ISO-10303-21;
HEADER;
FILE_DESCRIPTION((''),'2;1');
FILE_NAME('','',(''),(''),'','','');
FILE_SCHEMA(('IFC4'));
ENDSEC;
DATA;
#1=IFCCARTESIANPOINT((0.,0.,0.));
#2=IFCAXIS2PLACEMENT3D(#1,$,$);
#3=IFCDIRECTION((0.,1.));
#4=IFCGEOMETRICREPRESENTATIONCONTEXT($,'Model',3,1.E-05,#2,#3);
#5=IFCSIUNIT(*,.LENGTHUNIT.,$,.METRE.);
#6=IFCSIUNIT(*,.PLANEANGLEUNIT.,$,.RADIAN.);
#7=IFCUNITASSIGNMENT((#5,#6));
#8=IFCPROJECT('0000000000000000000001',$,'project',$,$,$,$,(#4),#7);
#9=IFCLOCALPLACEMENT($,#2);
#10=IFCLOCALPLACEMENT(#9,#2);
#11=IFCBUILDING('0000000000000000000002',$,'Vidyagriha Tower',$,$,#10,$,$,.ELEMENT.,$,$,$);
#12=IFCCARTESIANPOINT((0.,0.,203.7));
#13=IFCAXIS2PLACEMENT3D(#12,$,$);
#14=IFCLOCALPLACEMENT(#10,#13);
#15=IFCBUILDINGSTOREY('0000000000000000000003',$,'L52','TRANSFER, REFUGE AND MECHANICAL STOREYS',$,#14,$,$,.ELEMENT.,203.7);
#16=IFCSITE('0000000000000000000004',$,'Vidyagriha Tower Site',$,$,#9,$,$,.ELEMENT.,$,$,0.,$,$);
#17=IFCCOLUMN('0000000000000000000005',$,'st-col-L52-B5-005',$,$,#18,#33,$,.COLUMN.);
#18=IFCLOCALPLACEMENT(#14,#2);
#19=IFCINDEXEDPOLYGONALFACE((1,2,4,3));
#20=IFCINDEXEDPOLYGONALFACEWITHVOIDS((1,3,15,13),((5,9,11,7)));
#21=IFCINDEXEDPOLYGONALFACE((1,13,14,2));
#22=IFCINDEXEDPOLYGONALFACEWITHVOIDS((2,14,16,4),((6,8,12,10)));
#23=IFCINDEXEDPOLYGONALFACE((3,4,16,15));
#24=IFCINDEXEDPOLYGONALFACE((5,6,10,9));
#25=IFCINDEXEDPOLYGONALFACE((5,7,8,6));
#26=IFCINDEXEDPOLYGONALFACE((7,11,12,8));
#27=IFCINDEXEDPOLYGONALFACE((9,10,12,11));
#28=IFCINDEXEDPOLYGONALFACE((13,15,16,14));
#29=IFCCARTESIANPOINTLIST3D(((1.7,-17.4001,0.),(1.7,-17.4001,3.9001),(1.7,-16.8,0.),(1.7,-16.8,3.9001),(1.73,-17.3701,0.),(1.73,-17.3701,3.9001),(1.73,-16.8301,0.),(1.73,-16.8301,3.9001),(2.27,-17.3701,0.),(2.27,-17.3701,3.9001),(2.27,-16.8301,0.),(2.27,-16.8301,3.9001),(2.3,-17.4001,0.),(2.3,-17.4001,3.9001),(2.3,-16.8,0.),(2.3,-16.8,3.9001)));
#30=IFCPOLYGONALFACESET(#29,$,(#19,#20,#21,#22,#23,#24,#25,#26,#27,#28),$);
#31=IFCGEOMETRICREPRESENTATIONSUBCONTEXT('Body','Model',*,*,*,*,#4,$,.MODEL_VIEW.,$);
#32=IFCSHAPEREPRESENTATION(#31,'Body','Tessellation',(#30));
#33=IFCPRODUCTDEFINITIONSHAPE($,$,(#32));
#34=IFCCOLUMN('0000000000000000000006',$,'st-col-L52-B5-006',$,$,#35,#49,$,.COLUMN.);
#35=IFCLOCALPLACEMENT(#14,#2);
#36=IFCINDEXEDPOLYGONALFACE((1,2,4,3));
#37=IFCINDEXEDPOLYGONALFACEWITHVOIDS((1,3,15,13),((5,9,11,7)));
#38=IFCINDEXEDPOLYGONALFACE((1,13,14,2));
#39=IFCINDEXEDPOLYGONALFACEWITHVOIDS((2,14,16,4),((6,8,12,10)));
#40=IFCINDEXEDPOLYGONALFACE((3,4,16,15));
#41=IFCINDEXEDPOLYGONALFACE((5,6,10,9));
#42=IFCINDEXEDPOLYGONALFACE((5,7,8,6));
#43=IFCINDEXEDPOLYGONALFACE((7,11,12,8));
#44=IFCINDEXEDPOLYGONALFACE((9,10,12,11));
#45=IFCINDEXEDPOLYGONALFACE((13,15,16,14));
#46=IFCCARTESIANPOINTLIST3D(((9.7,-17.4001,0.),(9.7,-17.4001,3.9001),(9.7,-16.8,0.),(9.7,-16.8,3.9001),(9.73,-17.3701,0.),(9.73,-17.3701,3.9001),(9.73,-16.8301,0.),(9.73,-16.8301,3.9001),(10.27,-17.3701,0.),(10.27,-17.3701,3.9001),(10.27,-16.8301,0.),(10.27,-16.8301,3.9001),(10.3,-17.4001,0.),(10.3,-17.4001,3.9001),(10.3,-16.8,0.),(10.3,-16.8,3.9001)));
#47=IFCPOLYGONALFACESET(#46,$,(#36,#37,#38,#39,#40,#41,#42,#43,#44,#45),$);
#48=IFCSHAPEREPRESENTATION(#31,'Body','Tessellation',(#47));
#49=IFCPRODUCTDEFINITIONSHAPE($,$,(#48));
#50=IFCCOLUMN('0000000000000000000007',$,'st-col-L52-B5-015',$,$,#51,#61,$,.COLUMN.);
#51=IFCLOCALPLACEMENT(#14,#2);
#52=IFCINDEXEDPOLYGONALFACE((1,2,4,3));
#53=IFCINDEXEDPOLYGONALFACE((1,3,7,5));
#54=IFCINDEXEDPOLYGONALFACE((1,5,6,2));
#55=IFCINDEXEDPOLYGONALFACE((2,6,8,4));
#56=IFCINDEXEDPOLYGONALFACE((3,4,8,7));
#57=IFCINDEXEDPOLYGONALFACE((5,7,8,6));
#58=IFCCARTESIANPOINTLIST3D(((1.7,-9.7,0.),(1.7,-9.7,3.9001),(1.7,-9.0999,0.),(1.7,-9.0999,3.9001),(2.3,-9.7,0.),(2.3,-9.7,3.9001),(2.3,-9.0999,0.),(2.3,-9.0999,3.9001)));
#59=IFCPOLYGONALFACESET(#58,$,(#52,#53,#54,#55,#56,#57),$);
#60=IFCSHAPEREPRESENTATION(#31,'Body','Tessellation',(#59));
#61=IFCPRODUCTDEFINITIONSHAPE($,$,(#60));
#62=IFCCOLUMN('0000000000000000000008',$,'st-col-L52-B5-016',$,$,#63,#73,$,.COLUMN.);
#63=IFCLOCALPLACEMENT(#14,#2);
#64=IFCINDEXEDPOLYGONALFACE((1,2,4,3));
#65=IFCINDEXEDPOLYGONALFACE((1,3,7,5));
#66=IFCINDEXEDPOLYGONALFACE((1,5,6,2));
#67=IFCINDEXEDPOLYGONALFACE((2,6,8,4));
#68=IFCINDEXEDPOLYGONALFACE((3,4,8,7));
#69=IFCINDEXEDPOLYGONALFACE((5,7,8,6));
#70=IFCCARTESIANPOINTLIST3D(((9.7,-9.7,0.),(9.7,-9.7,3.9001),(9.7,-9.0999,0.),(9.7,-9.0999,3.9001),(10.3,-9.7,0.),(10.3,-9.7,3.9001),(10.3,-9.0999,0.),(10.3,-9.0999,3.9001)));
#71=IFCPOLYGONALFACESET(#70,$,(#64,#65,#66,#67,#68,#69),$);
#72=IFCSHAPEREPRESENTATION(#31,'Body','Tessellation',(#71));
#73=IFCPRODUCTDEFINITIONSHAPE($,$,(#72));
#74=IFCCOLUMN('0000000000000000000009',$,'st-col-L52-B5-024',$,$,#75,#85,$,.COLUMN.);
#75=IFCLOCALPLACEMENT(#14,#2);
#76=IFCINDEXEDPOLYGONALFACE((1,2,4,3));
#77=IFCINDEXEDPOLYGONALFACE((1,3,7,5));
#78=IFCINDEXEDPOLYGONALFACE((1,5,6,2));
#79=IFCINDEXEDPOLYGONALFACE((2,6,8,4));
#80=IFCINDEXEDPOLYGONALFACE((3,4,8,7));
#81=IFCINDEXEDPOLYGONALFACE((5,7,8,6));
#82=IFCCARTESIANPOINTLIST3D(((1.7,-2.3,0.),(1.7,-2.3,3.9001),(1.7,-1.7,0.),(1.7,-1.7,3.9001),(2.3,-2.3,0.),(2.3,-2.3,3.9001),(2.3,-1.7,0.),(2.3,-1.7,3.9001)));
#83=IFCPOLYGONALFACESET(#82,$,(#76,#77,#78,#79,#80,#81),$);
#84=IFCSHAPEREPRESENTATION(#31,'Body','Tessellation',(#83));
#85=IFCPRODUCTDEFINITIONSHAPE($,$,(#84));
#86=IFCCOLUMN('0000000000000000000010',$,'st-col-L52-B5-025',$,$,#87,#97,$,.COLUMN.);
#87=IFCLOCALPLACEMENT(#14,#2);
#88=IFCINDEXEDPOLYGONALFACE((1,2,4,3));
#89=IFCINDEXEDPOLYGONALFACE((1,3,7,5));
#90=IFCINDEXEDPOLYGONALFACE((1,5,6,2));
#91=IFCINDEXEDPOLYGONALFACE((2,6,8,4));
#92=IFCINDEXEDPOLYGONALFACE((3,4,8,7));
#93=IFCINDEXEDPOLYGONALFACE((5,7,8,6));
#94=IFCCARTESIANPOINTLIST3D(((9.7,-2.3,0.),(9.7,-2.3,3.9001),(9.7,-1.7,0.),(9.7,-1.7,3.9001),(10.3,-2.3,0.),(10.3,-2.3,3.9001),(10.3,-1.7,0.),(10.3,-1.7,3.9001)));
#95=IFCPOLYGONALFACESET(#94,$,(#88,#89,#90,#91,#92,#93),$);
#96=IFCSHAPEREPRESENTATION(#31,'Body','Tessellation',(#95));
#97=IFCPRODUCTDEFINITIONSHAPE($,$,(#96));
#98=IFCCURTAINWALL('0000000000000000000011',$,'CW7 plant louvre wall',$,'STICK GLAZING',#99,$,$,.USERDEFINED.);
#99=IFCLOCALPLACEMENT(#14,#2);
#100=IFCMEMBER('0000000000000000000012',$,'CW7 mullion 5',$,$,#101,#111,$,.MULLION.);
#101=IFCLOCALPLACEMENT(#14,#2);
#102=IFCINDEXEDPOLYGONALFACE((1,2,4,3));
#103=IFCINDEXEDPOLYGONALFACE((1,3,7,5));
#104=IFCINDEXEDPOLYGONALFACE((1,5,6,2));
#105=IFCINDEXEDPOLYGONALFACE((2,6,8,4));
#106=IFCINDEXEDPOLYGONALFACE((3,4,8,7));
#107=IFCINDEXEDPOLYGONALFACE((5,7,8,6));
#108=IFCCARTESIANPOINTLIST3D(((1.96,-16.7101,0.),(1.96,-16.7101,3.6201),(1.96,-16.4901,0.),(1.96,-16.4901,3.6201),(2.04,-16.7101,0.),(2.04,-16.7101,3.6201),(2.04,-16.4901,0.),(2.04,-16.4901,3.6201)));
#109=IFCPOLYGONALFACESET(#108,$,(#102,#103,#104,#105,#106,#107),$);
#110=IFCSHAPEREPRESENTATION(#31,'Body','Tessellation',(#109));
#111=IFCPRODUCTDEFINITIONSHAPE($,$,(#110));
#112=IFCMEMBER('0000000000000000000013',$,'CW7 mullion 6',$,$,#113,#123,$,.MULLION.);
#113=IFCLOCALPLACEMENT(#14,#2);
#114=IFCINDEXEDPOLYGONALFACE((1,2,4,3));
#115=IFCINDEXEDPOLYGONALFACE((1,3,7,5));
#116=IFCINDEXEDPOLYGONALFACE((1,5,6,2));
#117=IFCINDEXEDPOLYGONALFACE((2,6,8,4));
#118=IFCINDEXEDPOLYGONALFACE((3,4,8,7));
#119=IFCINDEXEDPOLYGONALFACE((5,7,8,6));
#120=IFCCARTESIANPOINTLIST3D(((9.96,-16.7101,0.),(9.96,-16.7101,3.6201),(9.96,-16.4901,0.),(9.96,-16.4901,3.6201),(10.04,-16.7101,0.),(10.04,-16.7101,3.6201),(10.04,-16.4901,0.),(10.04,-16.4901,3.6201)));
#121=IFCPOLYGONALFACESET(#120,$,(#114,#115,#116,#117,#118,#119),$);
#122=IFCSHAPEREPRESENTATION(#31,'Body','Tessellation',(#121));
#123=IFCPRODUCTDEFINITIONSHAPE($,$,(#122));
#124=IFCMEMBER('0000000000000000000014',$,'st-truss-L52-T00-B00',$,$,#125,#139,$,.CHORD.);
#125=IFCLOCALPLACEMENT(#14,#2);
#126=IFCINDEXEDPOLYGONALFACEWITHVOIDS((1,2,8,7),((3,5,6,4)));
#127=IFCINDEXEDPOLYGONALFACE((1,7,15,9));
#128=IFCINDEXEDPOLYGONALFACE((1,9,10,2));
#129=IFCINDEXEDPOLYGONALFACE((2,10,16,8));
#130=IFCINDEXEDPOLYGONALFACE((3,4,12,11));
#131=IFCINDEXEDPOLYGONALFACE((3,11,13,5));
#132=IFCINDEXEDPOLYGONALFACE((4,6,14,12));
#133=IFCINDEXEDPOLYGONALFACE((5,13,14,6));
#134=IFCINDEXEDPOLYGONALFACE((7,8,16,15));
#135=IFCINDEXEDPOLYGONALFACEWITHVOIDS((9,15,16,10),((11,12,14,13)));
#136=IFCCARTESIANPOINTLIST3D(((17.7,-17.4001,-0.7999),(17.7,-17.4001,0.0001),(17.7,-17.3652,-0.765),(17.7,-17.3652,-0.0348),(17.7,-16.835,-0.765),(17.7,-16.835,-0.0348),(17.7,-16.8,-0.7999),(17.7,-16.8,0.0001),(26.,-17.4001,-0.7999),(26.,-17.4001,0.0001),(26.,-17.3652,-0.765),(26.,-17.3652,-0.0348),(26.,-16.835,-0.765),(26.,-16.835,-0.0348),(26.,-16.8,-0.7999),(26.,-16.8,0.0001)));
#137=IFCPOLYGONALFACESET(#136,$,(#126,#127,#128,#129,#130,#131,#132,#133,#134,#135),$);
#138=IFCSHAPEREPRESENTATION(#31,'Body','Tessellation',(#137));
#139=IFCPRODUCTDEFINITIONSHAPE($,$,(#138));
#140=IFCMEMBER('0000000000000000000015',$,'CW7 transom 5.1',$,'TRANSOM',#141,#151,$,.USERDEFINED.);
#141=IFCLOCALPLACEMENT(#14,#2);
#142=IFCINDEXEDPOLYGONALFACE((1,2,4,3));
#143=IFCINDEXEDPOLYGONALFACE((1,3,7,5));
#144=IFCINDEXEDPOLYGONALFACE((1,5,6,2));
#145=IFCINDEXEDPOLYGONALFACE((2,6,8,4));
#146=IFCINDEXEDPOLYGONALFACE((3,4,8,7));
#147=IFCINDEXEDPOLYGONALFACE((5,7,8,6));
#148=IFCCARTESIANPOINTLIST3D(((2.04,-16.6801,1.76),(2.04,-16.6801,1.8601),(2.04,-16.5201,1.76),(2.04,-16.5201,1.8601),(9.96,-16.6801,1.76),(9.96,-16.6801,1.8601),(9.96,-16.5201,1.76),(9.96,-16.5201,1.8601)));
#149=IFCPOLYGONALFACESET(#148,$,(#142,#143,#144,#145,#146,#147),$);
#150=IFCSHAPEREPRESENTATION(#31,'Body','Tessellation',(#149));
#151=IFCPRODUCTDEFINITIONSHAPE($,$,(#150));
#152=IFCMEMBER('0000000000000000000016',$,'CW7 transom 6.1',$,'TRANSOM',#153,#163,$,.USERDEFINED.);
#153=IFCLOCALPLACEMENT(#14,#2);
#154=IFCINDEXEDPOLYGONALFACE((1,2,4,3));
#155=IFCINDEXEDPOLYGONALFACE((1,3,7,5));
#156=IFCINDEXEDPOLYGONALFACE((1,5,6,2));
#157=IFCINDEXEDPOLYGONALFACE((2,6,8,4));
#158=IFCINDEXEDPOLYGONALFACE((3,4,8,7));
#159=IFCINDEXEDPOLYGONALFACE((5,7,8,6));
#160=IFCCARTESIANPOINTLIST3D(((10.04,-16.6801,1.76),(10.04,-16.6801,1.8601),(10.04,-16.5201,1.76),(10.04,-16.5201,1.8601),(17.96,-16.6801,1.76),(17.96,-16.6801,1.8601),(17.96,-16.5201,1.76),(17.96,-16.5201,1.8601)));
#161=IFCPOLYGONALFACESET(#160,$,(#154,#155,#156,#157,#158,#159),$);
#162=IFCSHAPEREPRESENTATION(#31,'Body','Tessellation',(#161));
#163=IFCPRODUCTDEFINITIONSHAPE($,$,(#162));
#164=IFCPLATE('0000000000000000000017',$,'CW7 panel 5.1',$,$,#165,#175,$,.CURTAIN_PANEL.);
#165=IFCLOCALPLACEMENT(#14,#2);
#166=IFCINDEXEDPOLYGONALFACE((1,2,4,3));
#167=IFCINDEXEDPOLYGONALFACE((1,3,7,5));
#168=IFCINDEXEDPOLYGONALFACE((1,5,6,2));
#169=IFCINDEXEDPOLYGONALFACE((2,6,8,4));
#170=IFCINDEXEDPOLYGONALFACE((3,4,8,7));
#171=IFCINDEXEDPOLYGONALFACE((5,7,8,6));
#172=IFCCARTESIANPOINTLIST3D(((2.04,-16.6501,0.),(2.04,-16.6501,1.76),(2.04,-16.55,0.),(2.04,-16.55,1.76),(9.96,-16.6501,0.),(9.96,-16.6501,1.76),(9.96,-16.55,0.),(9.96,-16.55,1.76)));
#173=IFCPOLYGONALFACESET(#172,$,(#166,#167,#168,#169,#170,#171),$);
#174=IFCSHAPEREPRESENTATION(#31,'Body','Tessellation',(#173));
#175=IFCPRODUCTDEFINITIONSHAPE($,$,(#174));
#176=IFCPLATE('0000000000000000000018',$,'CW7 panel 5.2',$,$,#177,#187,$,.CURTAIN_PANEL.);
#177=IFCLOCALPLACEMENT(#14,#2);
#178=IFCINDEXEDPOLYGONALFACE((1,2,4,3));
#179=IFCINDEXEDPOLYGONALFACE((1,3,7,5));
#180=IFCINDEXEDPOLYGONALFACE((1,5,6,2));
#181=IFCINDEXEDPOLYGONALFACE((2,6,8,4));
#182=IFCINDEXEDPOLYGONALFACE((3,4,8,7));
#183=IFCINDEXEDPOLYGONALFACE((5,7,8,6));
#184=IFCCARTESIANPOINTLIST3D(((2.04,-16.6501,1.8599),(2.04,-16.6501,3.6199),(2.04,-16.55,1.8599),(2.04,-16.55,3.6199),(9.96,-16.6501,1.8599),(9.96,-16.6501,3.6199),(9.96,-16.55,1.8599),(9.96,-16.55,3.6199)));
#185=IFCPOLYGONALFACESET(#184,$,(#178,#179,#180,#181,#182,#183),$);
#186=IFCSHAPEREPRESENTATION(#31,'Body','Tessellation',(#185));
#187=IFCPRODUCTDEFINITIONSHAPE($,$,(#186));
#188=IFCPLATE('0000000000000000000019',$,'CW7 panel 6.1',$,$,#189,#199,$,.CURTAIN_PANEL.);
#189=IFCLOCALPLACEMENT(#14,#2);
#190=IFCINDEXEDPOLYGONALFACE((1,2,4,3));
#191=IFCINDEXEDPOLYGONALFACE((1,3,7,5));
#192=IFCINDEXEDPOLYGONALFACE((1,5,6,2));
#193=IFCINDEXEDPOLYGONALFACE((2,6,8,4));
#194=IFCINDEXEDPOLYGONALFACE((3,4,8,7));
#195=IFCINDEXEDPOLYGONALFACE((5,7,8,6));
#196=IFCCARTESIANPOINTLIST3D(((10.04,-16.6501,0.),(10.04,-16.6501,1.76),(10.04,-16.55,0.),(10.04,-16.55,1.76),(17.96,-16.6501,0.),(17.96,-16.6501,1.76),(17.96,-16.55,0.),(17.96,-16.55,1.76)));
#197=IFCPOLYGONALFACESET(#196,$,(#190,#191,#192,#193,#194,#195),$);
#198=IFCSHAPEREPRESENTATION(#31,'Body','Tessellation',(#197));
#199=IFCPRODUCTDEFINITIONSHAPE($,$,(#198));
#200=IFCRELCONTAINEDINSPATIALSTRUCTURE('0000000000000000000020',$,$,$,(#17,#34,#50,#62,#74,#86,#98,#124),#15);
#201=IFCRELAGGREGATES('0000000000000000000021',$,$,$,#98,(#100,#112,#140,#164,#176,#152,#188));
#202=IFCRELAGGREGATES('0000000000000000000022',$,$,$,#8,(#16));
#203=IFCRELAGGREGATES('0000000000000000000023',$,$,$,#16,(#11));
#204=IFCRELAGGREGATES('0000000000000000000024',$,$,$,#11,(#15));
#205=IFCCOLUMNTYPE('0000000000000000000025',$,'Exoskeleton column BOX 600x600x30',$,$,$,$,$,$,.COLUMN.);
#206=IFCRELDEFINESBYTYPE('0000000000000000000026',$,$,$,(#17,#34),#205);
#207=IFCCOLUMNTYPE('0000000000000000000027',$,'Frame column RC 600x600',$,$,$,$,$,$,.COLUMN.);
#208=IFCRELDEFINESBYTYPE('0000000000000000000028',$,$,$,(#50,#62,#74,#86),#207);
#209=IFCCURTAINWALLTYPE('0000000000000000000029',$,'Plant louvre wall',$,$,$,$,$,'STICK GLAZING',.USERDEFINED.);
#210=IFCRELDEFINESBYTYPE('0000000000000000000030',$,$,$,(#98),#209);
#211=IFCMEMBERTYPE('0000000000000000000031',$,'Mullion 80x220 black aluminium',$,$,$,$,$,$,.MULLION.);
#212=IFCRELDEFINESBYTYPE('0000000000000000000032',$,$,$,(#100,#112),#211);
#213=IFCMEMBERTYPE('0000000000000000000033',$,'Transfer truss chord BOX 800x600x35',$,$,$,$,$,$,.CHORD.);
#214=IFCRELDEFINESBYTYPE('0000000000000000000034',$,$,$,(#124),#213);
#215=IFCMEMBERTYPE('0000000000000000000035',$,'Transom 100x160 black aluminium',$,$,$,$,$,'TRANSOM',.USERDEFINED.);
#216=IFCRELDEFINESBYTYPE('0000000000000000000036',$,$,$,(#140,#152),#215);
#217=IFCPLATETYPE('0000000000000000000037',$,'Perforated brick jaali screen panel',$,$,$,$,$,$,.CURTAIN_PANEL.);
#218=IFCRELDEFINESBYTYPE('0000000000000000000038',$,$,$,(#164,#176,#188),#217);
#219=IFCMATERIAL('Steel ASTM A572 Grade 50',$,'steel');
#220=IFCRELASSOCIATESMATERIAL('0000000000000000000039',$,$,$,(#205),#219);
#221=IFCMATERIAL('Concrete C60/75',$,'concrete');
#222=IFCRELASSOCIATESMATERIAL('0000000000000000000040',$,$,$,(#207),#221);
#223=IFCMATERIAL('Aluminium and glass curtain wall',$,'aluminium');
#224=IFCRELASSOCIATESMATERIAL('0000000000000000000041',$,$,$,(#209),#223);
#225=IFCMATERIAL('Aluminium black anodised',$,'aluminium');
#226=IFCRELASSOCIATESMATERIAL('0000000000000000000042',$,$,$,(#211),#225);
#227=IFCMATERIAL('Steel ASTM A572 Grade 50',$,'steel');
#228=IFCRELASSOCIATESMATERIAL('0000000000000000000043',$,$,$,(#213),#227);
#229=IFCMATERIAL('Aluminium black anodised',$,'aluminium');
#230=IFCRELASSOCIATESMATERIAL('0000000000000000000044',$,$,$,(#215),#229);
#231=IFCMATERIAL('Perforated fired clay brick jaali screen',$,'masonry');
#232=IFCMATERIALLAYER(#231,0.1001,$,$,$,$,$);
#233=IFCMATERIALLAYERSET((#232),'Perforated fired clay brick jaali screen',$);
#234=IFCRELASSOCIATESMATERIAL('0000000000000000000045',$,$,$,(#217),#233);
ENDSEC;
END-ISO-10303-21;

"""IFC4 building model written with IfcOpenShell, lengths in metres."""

from ifc_helpers import new_model, si_unit, direction, frame, origin, origin_2d, place, context, subcontext, project, spatial, rectangle, hollow_rectangle, extrude, material, layer, layer_set, material_profile, profile_set, type_object, element, aggregate, save


model = new_model("IFC4")

# Units and contexts
model_context = context("Model", 3, precision=1e-05, world=origin(), true_north=direction((0.0, 1.0)))
body_context = subcontext(model_context, "Body", "Model", "MODEL_VIEW")
ifc_project = project(units=[si_unit("LENGTHUNIT", "METRE"), si_unit("PLANEANGLEUNIT", "RADIAN")], contexts=[model_context])

# Site, building, storey
site_placement = place(None, origin())
site = spatial("IfcSite", under=ifc_project, at=site_placement, Name="Vidyagriha Tower Site", CompositionType="ELEMENT", RefElevation=0.0)
building_placement = place(site_placement, origin())
building = spatial("IfcBuilding", under=site, at=building_placement, Name="Vidyagriha Tower", CompositionType="ELEMENT")
storey_placement = place(building_placement, frame((0.0, 0.0, 203.7)))
storey = spatial("IfcBuildingStorey", under=building, at=storey_placement, Name="L52", Description="TRANSFER, REFUGE AND MECHANICAL STOREYS", CompositionType="ELEMENT", Elevation=203.7)

# Columns
ifc_material_1 = material(Name="Steel ASTM A572 Grade 50", Category="steel")
ifc_material_profile_1 = material_profile(ifc_material_1, hollow_rectangle(XDim=0.6001, YDim=0.6001, WallThickness=0.03, at=origin_2d()), Name="BOX 600x600x30")
ifc_profile_set_1 = profile_set([ifc_material_profile_1], Name="Steel ASTM A572 Grade 50")
column_type_1 = type_object("IfcColumnType", Name="Exoskeleton column BOX 600x600x30", PredefinedType="COLUMN", material=ifc_profile_set_1)
for number, where, name in (
    (1, (2.0, -17.1001, 0.0), "st-col-L52-B5-005"),
    (2, (10.0, -17.1001, 0.0), "st-col-L52-B5-006"),
):
    element("IfcColumn", number, at=place(storey_placement, frame(where)), inside=storey, type_object=column_type_1, Name=name, PredefinedType="COLUMN", context=body_context, shape_type="SweptSolid", body=[
        extrude(hollow_rectangle(XDim=0.6001, YDim=0.6001, WallThickness=0.03, at=origin_2d()), origin(), (0.0, 0.0, 1.0), 3.9001),
    ])
ifc_material_2 = material(Name="Concrete C60/75", Category="concrete")
ifc_material_profile_2 = material_profile(ifc_material_2, rectangle(XDim=0.6001, YDim=0.6001, at=origin_2d()), Name="RC 600x600")
ifc_profile_set_2 = profile_set([ifc_material_profile_2], Name="Concrete C60/75")
column_type_2 = type_object("IfcColumnType", Name="Frame column RC 600x600", PredefinedType="COLUMN", material=ifc_profile_set_2)
for number, where, name in (
    (3, (2.0, -9.3999, 0.0), "st-col-L52-B5-015"),
    (4, (10.0, -9.3999, 0.0), "st-col-L52-B5-016"),
    (5, (2.0, -2.0, 0.0), "st-col-L52-B5-024"),
    (6, (10.0, -2.0, 0.0), "st-col-L52-B5-025"),
):
    element("IfcColumn", number, at=place(storey_placement, frame(where)), inside=storey, type_object=column_type_2, Name=name, PredefinedType="COLUMN", context=body_context, shape_type="SweptSolid", body=[
        extrude(rectangle(XDim=0.6001, YDim=0.6001, at=origin_2d()), origin(), (0.0, 0.0, 1.0), 3.9001),
    ])

# Curtain wall, members
ifc_material_3 = material(Name="Aluminium and glass curtain wall", Category="aluminium")
curtain_wall_type = type_object("IfcCurtainWallType", Name="Plant louvre wall", ElementType="STICK GLAZING", PredefinedType="USERDEFINED", material=ifc_material_3)
curtain_wall_placement = place(storey_placement, origin())
curtain_wall = element("IfcCurtainWall", 7, at=curtain_wall_placement, inside=storey, type_object=curtain_wall_type, Name="CW7 plant louvre wall", ObjectType="STICK GLAZING", PredefinedType="USERDEFINED")
ifc_material_4 = material(Name="Aluminium black anodised", Category="aluminium")
ifc_material_profile_3 = material_profile(ifc_material_4, rectangle(XDim=0.22, YDim=0.0801, at=origin_2d()), Name="Mullion 80x220 black aluminium")
ifc_profile_set_3 = profile_set([ifc_material_profile_3], Name="Aluminium black anodised")
member_type_1 = type_object("IfcMemberType", Name="Mullion 80x220 black aluminium", PredefinedType="MULLION", material=ifc_profile_set_3)
member_1_placement = place(storey_placement, frame((2.0, -16.6001, 0.0), z_axis=(0.0, 0.0, 1.0), x_axis=(0.0, 1.0, 0.0)))
member_1 = element("IfcMember", 8, at=member_1_placement, type_object=member_type_1, Name="CW7 mullion 5", PredefinedType="MULLION", context=body_context, shape_type="SweptSolid", body=[
    extrude(rectangle(XDim=0.22, YDim=0.0801, at=origin_2d()), origin(), (0.0, 0.0, 1.0), 3.6201),
])
member_2_placement = place(storey_placement, frame((10.0, -16.6001, 0.0), z_axis=(0.0, 0.0, 1.0), x_axis=(0.0, 1.0, 0.0)))
member_2 = element("IfcMember", 9, at=member_2_placement, type_object=member_type_1, Name="CW7 mullion 6", PredefinedType="MULLION", context=body_context, shape_type="SweptSolid", body=[
    extrude(rectangle(XDim=0.22, YDim=0.0801, at=origin_2d()), origin(), (0.0, 0.0, 1.0), 3.6201),
])

# Members
ifc_material_5 = material(Name="Steel ASTM A572 Grade 50", Category="steel")
ifc_material_profile_4 = material_profile(ifc_material_5, hollow_rectangle(XDim=0.6001, YDim=0.8, WallThickness=0.0349, at=origin_2d()), Name="BOX 800x600x35")
ifc_profile_set_4 = profile_set([ifc_material_profile_4], Name="Steel ASTM A572 Grade 50")
member_type_2 = type_object("IfcMemberType", Name="Transfer truss chord BOX 800x600x35", PredefinedType="CHORD", material=ifc_profile_set_4)
member_3_placement = place(storey_placement, frame((17.7, -17.1001, -0.3999), z_axis=(1.0, 0.0, 0.0), x_axis=(0.0, 1.0, 0.0)))
element("IfcMember", 10, at=member_3_placement, inside=storey, type_object=member_type_2, Name="st-truss-L52-T00-B00", PredefinedType="CHORD", context=body_context, shape_type="SweptSolid", body=[
    extrude(hollow_rectangle(XDim=0.6001, YDim=0.8, WallThickness=0.0349, at=origin_2d()), origin(), (0.0, 0.0, 1.0), 8.3),
])
ifc_material_6 = material(Name="Aluminium black anodised", Category="aluminium")
ifc_material_profile_5 = material_profile(ifc_material_6, rectangle(XDim=0.1599, YDim=0.1001, at=origin_2d()), Name="Transom 100x160 black aluminium")
ifc_profile_set_5 = profile_set([ifc_material_profile_5], Name="Aluminium black anodised")
member_type_3 = type_object("IfcMemberType", Name="Transom 100x160 black aluminium", ElementType="TRANSOM", PredefinedType="USERDEFINED", material=ifc_profile_set_5)
member_4_placement = place(storey_placement, frame((2.04, -16.6001, 1.8101), z_axis=(1.0, 0.0, 0.0), x_axis=(0.0, 1.0, 0.0)))
member_4 = element("IfcMember", 11, at=member_4_placement, type_object=member_type_3, Name="CW7 transom 5.1", ObjectType="TRANSOM", PredefinedType="USERDEFINED", context=body_context, shape_type="SweptSolid", body=[
    extrude(rectangle(XDim=0.1599, YDim=0.1001, at=origin_2d()), origin(), (0.0, 0.0, 1.0), 7.9199),
])
member_5_placement = place(storey_placement, frame((10.04, -16.6001, 1.8101), z_axis=(1.0, 0.0, 0.0), x_axis=(0.0, 1.0, 0.0)))
member_5 = element("IfcMember", 12, at=member_5_placement, type_object=member_type_3, Name="CW7 transom 6.1", ObjectType="TRANSOM", PredefinedType="USERDEFINED", context=body_context, shape_type="SweptSolid", body=[
    extrude(rectangle(XDim=0.1599, YDim=0.1001, at=origin_2d()), origin(), (0.0, 0.0, 1.0), 7.9199),
])

# Plates
ifc_material_7 = material(Name="Perforated fired clay brick jaali screen", Category="masonry")
ifc_layer_1 = layer(ifc_material_7, 0.1001)
ifc_layer_set_1 = layer_set([ifc_layer_1], Name="Perforated fired clay brick jaali screen")
plate_type = type_object("IfcPlateType", Name="Perforated brick jaali screen panel", PredefinedType="CURTAIN_PANEL", material=ifc_layer_set_1)
plate_1_placement = place(storey_placement, frame((6.0, -16.6001, 0.0)))
plate_1 = element("IfcPlate", 13, at=plate_1_placement, type_object=plate_type, Name="CW7 panel 5.1", PredefinedType="CURTAIN_PANEL", context=body_context, shape_type="SweptSolid", body=[
    extrude(rectangle(XDim=7.9199, YDim=0.1001, at=origin_2d()), origin(), (0.0, 0.0, 1.0), 1.76),
])
plate_2_placement = place(storey_placement, frame((6.0, -16.6001, 1.8599)))
plate_2 = element("IfcPlate", 14, at=plate_2_placement, type_object=plate_type, Name="CW7 panel 5.2", PredefinedType="CURTAIN_PANEL", context=body_context, shape_type="SweptSolid", body=[
    extrude(rectangle(XDim=7.9199, YDim=0.1001, at=origin_2d()), origin(), (0.0, 0.0, 1.0), 1.76),
])
plate_3_placement = place(storey_placement, frame((14.0, -16.6001, 0.0)))
plate_3 = element("IfcPlate", 15, at=plate_3_placement, type_object=plate_type, Name="CW7 panel 6.1", PredefinedType="CURTAIN_PANEL", context=body_context, shape_type="SweptSolid", body=[
    extrude(rectangle(XDim=7.9199, YDim=0.1001, at=origin_2d()), origin(), (0.0, 0.0, 1.0), 1.76),
])
aggregate(curtain_wall, [member_1, member_2, member_4, plate_1, plate_2, member_5, plate_3])

save(model, "model.ifc")
